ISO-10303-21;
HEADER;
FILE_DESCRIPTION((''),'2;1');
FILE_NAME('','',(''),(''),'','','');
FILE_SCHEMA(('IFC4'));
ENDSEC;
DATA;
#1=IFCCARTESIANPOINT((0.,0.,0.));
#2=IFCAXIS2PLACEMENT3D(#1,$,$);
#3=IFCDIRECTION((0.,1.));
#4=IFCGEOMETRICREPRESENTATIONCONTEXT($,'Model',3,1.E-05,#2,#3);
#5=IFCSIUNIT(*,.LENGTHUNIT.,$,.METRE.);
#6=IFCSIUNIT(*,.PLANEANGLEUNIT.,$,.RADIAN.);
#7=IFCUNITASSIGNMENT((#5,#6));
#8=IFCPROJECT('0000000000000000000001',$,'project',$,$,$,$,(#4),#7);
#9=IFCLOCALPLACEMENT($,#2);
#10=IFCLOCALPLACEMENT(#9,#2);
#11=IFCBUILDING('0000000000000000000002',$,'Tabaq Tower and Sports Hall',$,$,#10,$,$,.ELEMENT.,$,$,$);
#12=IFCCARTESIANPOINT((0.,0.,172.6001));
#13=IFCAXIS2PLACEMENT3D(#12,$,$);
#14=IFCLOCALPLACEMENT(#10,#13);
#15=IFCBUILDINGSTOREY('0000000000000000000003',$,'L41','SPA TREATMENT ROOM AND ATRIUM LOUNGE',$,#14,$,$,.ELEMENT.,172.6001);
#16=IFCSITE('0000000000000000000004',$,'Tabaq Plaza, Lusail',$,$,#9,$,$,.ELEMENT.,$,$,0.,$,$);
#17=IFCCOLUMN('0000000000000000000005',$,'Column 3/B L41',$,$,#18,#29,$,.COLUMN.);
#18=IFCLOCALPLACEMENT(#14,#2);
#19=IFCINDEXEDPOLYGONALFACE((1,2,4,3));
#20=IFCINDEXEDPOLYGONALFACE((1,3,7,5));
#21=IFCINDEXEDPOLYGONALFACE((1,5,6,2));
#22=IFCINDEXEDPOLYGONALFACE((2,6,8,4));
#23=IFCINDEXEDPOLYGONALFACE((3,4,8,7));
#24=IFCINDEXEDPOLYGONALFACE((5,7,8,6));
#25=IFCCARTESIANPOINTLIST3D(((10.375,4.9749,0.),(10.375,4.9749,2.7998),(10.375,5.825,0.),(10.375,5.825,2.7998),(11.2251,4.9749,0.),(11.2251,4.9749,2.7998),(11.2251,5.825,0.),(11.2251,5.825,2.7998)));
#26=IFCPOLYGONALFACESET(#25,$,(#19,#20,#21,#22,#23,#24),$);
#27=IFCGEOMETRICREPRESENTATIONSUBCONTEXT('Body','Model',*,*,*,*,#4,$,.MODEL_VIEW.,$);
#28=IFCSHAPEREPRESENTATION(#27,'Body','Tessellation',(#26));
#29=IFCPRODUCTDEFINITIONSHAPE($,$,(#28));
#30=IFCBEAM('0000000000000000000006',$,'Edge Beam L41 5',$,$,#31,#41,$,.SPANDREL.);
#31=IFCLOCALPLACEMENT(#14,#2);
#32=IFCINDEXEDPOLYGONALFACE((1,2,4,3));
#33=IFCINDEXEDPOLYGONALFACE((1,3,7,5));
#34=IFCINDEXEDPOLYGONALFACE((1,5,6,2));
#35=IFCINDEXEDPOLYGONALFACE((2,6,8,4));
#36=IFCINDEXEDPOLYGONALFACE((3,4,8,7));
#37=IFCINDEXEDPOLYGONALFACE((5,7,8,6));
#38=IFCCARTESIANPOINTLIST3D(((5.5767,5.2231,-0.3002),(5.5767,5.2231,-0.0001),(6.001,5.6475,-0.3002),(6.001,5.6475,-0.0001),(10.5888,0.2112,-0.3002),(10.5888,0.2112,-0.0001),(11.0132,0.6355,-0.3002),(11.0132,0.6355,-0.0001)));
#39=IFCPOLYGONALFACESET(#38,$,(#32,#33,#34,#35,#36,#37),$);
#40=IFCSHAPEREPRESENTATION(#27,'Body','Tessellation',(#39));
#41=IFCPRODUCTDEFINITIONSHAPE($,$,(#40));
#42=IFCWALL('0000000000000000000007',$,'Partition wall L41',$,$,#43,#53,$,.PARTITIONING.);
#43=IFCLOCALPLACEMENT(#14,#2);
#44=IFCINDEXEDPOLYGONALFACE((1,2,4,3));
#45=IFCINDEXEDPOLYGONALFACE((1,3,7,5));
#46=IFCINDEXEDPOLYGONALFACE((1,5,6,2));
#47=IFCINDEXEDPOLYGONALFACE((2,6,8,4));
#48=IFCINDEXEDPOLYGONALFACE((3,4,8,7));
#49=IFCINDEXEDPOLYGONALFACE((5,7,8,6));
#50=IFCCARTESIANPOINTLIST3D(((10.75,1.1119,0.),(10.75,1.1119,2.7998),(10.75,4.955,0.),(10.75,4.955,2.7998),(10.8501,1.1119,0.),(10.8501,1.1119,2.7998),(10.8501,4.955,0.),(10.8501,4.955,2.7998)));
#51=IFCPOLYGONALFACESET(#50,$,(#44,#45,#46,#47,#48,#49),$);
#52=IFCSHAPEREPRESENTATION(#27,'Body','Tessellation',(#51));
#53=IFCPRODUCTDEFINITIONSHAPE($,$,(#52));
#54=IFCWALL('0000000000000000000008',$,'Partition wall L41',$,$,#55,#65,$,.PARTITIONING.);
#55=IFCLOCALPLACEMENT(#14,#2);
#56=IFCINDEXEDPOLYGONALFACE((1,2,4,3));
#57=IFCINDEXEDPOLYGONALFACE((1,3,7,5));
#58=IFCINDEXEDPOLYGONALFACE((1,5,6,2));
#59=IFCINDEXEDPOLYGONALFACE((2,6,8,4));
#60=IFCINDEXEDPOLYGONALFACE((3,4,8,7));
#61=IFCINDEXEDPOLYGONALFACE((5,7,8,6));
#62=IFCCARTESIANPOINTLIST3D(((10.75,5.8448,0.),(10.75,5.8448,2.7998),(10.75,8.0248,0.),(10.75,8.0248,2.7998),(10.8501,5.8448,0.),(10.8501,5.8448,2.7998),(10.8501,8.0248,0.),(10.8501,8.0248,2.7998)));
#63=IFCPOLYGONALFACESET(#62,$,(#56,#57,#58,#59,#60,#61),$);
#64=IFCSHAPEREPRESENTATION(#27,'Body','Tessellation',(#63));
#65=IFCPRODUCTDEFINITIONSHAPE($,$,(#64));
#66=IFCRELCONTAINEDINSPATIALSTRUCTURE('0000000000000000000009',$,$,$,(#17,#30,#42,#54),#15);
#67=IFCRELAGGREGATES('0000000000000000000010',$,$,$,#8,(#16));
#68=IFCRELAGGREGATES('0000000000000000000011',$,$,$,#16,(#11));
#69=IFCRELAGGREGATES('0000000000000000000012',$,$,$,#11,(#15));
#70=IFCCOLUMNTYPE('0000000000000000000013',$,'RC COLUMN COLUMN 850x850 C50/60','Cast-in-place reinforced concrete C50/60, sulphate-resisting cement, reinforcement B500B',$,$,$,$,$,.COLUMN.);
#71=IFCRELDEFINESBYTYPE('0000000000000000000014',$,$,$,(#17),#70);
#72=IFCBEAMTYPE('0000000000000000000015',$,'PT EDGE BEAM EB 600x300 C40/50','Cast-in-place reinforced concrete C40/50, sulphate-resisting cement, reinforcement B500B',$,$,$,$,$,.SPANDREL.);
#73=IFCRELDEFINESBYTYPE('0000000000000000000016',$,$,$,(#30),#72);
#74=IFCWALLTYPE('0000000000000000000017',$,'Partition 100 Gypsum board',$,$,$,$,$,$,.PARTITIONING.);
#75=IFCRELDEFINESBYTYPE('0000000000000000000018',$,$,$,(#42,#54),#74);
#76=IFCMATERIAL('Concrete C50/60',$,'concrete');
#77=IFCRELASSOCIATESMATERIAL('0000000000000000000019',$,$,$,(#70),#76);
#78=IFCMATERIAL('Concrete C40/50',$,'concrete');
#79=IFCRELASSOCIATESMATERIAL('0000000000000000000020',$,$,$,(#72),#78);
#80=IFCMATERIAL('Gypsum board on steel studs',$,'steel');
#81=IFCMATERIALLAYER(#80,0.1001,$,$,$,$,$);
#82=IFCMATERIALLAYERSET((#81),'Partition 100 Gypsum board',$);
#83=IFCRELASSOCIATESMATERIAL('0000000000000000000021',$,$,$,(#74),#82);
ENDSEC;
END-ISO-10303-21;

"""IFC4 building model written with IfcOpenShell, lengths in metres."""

from ifc_helpers import new_model, si_unit, direction, frame, frame_2d, origin, origin_2d, place, context, subcontext, project, spatial, rectangle, extrude, material, layer, layer_set, material_profile, profile_set, type_object, element, save


model = new_model("IFC4")

# Units and contexts
model_context = context("Model", 3, precision=1e-05, world=origin(), true_north=direction((0.0, 1.0)))
body_context = subcontext(model_context, "Body", "Model", "MODEL_VIEW")
ifc_project = project(units=[si_unit("LENGTHUNIT", "METRE"), si_unit("PLANEANGLEUNIT", "RADIAN")], contexts=[model_context])

# Site, building, storey
site_placement = place(None, origin())
site = spatial("IfcSite", under=ifc_project, at=site_placement, Name="Tabaq Plaza, Lusail", CompositionType="ELEMENT", RefElevation=0.0)
building_placement = place(site_placement, origin())
building = spatial("IfcBuilding", under=site, at=building_placement, Name="Tabaq Tower and Sports Hall", CompositionType="ELEMENT")
storey_placement = place(building_placement, frame((0.0, 0.0, 172.6001)))
storey = spatial("IfcBuildingStorey", under=building, at=storey_placement, Name="L41", Description="SPA TREATMENT ROOM AND ATRIUM LOUNGE", CompositionType="ELEMENT", Elevation=172.6001)

# Column
ifc_material_1 = material(Name="Concrete C50/60", Category="concrete")
ifc_material_profile_1 = material_profile(ifc_material_1, rectangle(XDim=0.8501, YDim=0.8501, at=origin_2d()), Name="COLUMN 850x850")
ifc_profile_set_1 = profile_set([ifc_material_profile_1], Name="Concrete C50/60")
column_type = type_object("IfcColumnType", Name="RC COLUMN COLUMN 850x850 C50/60", Description="Cast-in-place reinforced concrete C50/60, sulphate-resisting cement, reinforcement B500B", PredefinedType="COLUMN", material=ifc_profile_set_1)
column_placement = place(storey_placement, frame((10.8, 5.3999, 0.0), z_axis=(0.0, 0.0, 1.0), x_axis=(1.0, 0.0, 0.0)))
element("IfcColumn", 1, at=column_placement, inside=storey, type_object=column_type, Name="Column 3/B L41", PredefinedType="COLUMN", context=body_context, shape_type="SweptSolid", body=[
    extrude(rectangle(XDim=0.8501, YDim=0.8501, at=origin_2d()), origin(), (0.0, 0.0, 1.0), 2.7998),
])

# Beam
ifc_material_2 = material(Name="Concrete C40/50", Category="concrete")
ifc_material_profile_2 = material_profile(ifc_material_2, rectangle(XDim=0.6001, YDim=0.3, at=origin_2d()), Name="EB 600x300")
ifc_profile_set_2 = profile_set([ifc_material_profile_2], Name="Concrete C40/50")
beam_type = type_object("IfcBeamType", Name="PT EDGE BEAM EB 600x300 C40/50", Description="Cast-in-place reinforced concrete C40/50, sulphate-resisting cement, reinforcement B500B", PredefinedType="SPANDREL", material=ifc_profile_set_2)
beam_placement = place(storey_placement, frame((5.7888, 5.4353, -0.1501), z_axis=(0.707124, -0.70709, 0.0), x_axis=(0.70709, 0.707124, 0.0)))
element("IfcBeam", 2, at=beam_placement, inside=storey, type_object=beam_type, Name="Edge Beam L41 5", PredefinedType="SPANDREL", context=body_context, shape_type="SweptSolid", body=[
    extrude(rectangle(XDim=0.6001, YDim=0.3, at=origin_2d()), origin(), (0.0, 0.0, 1.0), 7.0881),
])

# Walls
ifc_material_3 = material(Name="Gypsum board on steel studs", Category="steel")
ifc_layer_1 = layer(ifc_material_3, 0.1001)
ifc_layer_set_1 = layer_set([ifc_layer_1], Name="Partition 100 Gypsum board")
wall_type_1 = type_object("IfcWallType", Name="Partition 100 Gypsum board", PredefinedType="PARTITIONING", material=ifc_layer_set_1)
wall_1_placement = place(storey_placement, frame((10.8, 1.1121, 0.0), z_axis=(0.0, 0.0, 1.0), x_axis=(0.0, 1.0, 0.0)))
element("IfcWall", 3, at=wall_1_placement, inside=storey, type_object=wall_type_1, Name="Partition wall L41", PredefinedType="PARTITIONING", context=body_context, shape_type="SweptSolid", body=[
    extrude(rectangle(XDim=3.843, YDim=0.1001, at=frame_2d((1.9214, 0.0))), origin(), (0.0, 0.0, 1.0), 2.7998),
])
wall_2_placement = place(storey_placement, frame((10.8, 5.845, 0.0), z_axis=(0.0, 0.0, 1.0), x_axis=(0.0, 1.0, 0.0)))
element("IfcWall", 4, at=wall_2_placement, inside=storey, type_object=wall_type_1, Name="Partition wall L41", PredefinedType="PARTITIONING", context=body_context, shape_type="SweptSolid", body=[
    extrude(rectangle(XDim=2.1799, YDim=0.1001, at=frame_2d((1.0898, 0.0))), origin(), (0.0, 0.0, 1.0), 2.7998),
])

save(model, "model.ifc")
